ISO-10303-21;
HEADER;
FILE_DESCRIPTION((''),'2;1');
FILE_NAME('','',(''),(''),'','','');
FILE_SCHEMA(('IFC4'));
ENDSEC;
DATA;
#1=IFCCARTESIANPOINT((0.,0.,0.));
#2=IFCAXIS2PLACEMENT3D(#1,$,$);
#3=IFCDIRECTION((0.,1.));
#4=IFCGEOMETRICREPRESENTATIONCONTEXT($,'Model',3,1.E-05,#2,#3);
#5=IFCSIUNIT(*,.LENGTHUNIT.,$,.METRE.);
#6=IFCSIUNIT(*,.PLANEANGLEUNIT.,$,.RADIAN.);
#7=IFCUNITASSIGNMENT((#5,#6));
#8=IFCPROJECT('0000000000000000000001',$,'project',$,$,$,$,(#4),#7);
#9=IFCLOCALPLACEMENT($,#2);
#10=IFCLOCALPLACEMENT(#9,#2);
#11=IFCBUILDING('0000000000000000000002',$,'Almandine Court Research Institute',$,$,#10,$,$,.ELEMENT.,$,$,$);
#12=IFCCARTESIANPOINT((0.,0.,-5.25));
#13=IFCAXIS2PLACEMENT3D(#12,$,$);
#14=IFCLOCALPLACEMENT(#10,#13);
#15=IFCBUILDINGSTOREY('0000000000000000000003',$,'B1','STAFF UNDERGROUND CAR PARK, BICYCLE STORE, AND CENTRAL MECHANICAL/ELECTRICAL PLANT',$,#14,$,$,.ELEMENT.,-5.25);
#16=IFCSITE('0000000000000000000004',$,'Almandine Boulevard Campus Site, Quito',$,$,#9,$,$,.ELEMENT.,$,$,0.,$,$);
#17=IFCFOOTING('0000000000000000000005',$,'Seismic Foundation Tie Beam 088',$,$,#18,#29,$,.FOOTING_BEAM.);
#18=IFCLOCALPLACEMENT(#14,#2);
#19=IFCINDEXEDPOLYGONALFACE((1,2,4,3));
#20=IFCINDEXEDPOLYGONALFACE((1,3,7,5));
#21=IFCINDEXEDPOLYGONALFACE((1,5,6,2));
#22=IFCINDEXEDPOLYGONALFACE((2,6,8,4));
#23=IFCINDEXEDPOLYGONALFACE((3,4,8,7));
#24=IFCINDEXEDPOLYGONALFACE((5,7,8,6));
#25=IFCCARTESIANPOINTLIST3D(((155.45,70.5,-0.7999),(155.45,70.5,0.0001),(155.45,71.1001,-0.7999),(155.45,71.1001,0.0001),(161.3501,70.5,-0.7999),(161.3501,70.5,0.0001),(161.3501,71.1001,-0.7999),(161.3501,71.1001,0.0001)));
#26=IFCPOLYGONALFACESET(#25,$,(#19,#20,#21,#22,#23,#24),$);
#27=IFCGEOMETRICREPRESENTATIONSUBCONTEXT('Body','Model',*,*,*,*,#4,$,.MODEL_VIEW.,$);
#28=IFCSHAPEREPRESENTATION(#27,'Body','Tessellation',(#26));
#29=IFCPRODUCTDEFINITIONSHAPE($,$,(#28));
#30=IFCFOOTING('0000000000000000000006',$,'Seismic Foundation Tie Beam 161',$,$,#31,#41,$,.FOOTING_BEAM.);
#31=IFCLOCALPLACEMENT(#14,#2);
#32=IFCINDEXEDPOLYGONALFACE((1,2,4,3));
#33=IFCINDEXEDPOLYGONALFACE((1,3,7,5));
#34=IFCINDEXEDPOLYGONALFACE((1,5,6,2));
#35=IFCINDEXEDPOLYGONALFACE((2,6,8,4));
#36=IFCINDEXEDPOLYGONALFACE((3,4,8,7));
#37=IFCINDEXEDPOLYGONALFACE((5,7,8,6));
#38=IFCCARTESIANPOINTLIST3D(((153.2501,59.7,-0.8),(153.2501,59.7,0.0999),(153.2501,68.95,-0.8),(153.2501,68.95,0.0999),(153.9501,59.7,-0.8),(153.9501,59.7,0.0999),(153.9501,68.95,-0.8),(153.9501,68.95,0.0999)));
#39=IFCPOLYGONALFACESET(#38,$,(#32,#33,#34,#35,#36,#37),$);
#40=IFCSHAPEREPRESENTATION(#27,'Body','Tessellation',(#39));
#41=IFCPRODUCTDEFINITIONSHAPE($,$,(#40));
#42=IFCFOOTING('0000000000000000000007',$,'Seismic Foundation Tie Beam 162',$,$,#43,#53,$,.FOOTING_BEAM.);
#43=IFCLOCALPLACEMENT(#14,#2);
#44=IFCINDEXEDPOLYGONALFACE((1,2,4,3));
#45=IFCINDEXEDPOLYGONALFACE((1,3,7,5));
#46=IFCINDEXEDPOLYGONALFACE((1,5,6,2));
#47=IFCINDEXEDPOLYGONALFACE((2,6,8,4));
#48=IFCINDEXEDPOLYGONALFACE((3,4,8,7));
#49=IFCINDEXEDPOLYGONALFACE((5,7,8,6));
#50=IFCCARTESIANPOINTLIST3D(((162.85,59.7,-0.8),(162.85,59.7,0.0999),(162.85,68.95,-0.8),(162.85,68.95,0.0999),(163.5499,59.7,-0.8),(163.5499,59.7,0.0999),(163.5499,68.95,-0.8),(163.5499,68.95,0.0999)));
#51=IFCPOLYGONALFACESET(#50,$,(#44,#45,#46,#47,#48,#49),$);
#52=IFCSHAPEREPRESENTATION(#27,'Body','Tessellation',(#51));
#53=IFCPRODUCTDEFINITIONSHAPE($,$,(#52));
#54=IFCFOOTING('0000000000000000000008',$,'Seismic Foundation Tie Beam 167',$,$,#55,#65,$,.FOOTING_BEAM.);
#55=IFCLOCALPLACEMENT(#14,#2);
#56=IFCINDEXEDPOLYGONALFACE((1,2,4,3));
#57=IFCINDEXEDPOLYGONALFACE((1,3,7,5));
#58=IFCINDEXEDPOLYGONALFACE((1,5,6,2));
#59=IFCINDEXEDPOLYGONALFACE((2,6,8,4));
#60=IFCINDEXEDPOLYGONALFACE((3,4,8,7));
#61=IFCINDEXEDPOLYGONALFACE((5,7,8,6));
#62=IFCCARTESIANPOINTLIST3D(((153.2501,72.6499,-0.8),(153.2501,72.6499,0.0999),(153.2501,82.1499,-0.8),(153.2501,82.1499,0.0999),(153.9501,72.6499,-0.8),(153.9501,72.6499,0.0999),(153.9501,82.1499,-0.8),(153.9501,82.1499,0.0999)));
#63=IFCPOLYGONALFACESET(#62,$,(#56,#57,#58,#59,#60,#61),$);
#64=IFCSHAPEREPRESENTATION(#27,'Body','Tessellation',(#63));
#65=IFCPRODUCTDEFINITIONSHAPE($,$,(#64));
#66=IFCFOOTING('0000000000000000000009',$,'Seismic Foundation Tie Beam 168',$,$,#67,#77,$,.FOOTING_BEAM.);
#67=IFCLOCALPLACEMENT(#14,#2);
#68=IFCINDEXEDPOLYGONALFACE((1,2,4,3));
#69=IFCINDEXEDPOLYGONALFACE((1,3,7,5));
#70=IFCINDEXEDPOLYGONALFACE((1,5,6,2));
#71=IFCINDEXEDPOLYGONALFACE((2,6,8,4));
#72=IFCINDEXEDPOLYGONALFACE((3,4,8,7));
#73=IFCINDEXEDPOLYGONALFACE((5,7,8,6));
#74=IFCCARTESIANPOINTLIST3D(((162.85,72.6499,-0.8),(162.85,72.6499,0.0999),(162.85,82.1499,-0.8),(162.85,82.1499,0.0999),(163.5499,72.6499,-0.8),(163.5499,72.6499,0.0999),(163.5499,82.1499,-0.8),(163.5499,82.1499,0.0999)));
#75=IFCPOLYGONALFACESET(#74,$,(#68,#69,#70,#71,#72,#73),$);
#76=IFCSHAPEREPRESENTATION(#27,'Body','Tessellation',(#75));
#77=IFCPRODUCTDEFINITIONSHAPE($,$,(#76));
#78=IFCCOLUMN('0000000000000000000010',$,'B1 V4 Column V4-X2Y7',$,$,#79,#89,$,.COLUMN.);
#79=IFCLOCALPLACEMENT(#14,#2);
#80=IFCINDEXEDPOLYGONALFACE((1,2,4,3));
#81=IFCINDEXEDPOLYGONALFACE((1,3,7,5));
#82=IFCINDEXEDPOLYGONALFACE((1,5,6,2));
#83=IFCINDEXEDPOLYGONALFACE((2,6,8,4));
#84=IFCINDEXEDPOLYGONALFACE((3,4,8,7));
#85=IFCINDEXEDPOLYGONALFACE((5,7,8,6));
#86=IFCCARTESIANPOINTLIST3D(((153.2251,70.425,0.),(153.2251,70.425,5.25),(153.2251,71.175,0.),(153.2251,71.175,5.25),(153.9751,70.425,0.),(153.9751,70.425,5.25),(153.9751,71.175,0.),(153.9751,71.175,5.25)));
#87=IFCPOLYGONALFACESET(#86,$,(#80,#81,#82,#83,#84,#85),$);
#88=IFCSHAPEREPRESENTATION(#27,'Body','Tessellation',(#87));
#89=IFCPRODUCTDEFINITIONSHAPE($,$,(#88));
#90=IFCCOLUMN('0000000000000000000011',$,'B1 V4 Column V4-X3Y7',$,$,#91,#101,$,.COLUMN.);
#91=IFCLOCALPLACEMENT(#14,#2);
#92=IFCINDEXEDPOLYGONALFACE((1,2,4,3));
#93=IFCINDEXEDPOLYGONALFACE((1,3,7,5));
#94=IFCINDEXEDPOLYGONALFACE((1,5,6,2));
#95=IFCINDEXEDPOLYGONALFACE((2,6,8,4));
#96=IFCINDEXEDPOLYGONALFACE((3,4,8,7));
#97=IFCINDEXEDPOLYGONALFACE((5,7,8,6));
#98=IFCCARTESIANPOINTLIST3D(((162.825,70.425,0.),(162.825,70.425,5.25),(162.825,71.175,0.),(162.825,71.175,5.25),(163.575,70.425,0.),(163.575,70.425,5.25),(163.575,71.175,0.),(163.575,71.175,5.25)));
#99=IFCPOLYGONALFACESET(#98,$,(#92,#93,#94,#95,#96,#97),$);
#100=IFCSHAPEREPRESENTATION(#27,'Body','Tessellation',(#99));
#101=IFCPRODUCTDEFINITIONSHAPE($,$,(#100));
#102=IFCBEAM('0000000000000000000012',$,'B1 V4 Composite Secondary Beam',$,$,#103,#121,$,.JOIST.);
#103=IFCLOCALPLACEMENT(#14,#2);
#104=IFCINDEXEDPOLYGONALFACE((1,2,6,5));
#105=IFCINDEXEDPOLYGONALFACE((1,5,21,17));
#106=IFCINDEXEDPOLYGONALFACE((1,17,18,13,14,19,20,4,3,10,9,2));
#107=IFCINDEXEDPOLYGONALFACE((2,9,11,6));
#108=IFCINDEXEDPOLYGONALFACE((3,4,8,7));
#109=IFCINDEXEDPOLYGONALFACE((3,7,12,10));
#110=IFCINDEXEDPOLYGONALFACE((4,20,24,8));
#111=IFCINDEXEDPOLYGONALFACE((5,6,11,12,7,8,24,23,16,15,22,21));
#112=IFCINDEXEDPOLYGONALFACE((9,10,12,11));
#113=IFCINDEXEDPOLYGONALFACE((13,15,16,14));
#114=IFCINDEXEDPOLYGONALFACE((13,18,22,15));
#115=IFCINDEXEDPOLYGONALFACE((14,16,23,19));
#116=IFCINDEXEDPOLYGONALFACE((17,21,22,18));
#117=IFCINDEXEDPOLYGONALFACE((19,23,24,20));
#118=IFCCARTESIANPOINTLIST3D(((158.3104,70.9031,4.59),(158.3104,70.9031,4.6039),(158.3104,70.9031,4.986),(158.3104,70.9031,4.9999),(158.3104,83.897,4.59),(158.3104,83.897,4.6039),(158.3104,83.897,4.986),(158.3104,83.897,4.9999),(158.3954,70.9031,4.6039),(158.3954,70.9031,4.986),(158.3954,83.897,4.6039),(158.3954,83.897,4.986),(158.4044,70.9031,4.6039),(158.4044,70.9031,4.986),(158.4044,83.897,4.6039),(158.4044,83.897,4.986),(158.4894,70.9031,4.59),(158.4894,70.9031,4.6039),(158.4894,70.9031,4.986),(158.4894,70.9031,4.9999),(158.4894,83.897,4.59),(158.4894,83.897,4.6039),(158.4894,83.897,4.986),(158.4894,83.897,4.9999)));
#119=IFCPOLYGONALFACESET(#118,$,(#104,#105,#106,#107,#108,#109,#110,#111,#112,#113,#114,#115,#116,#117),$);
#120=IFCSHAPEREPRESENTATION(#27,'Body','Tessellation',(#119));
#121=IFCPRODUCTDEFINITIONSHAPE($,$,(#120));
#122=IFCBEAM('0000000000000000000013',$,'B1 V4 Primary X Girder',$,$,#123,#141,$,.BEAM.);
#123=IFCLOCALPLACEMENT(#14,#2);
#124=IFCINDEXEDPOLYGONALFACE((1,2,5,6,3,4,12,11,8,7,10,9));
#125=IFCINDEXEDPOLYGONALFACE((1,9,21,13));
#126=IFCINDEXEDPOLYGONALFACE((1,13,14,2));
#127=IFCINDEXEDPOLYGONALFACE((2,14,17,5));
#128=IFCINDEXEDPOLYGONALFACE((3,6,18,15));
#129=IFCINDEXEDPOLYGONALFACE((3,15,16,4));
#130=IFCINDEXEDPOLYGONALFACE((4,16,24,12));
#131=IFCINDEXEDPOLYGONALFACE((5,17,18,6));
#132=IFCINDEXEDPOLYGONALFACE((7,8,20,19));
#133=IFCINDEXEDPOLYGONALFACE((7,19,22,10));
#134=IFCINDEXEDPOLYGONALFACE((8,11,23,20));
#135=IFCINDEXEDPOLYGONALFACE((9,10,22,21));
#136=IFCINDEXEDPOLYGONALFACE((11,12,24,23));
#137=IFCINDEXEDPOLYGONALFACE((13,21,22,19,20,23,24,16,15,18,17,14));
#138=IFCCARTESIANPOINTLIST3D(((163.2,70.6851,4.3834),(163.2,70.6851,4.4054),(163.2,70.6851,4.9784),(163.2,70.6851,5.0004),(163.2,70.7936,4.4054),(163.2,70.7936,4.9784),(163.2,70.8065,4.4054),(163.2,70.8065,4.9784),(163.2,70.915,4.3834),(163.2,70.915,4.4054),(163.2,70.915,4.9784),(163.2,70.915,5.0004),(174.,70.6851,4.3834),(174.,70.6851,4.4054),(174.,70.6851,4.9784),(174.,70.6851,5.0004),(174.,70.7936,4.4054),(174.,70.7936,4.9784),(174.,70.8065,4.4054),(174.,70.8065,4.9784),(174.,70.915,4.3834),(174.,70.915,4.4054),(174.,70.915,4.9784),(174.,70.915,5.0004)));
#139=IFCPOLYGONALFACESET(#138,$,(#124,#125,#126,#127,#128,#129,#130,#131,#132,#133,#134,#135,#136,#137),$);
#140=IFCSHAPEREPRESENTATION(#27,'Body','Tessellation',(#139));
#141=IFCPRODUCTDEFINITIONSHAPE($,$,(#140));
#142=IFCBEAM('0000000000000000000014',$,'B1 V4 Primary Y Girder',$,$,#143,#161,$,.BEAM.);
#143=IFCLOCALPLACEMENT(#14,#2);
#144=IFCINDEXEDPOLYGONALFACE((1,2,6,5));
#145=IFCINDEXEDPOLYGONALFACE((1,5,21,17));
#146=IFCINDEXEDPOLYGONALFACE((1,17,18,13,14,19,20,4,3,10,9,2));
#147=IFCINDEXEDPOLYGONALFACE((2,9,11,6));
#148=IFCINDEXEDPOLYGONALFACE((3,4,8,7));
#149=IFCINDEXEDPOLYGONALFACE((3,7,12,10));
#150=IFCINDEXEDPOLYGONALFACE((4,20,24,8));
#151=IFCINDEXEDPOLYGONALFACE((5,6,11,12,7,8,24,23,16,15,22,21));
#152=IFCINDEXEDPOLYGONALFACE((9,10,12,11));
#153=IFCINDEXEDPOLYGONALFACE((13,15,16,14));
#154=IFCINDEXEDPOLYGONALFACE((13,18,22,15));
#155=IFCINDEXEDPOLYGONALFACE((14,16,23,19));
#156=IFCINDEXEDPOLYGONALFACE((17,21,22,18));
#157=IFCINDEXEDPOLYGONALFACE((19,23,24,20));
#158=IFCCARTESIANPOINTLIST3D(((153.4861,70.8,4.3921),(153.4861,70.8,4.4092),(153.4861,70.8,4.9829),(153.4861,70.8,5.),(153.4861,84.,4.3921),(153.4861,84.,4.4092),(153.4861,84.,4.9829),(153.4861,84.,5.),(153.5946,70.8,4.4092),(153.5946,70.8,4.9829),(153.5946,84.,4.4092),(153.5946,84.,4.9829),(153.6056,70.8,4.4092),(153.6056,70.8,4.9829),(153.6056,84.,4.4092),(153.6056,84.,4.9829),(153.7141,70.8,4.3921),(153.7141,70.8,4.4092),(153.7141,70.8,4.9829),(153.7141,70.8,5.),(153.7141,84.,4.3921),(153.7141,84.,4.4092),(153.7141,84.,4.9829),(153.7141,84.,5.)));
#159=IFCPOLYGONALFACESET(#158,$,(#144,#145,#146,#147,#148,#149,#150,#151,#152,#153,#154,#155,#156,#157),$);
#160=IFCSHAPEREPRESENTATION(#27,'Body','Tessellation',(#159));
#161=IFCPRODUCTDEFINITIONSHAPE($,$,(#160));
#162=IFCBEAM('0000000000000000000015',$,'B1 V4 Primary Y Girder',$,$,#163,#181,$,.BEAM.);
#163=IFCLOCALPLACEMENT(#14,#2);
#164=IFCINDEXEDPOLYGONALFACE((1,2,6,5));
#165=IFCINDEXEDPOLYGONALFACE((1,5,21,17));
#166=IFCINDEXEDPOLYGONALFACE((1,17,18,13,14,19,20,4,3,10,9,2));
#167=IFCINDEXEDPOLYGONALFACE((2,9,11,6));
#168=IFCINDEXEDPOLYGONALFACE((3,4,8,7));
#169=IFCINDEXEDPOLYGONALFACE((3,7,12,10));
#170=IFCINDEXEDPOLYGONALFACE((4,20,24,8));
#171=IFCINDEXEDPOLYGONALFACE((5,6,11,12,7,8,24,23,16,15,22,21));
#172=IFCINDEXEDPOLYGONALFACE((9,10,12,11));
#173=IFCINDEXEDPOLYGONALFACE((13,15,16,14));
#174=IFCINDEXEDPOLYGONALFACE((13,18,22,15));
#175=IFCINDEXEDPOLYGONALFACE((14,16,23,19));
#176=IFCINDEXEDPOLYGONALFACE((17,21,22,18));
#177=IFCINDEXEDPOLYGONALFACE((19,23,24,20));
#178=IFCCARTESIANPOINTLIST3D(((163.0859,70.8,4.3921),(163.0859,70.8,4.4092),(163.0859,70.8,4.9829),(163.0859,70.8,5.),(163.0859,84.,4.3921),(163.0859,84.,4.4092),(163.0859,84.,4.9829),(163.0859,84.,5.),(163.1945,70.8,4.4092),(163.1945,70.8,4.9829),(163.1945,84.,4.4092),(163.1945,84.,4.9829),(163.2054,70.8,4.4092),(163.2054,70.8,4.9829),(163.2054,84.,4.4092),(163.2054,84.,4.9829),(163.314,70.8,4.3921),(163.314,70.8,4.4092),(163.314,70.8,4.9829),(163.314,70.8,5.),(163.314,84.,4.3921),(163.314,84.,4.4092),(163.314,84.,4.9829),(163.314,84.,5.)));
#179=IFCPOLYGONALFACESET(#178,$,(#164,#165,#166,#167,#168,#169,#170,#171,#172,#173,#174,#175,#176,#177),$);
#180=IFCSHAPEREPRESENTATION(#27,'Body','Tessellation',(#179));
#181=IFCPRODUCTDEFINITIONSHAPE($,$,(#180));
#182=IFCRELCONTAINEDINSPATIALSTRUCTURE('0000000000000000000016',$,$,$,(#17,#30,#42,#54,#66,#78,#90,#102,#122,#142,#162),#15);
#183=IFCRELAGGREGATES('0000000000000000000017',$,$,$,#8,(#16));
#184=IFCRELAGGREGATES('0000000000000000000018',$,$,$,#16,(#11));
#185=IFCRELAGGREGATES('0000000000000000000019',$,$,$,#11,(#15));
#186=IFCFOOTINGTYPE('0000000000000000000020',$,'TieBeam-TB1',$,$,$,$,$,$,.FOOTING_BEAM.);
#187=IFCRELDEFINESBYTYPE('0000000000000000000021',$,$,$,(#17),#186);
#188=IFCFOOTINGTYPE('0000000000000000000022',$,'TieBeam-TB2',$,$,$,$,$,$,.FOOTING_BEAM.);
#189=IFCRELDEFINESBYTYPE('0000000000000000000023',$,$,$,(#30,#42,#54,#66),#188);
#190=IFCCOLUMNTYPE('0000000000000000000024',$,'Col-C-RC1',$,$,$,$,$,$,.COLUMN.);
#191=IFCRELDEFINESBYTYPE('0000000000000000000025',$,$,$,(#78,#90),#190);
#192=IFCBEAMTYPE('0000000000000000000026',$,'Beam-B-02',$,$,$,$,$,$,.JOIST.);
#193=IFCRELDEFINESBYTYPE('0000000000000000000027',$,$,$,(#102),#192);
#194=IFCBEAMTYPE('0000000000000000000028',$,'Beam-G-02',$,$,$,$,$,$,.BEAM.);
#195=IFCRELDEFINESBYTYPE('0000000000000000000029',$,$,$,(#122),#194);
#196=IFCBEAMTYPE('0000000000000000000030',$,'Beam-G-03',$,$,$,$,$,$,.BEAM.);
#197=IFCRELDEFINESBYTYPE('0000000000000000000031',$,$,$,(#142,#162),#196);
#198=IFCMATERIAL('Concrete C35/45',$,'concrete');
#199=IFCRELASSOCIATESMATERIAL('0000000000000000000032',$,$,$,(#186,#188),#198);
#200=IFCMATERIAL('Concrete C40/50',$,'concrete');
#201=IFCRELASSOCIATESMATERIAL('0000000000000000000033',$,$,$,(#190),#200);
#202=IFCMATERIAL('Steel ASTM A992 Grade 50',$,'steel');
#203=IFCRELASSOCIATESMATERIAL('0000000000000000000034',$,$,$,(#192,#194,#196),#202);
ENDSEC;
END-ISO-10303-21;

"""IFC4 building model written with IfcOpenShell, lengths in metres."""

from ifc_helpers import new_model, si_unit, direction, frame, origin, origin_2d, place, context, subcontext, project, spatial, rectangle, i_section, extrude, material, material_profile, profile_set, type_object, element, save


model = new_model("IFC4")

# Units and contexts
model_context = context("Model", 3, precision=1e-05, world=origin(), true_north=direction((0.0, 1.0)))
body_context = subcontext(model_context, "Body", "Model", "MODEL_VIEW")
ifc_project = project(units=[si_unit("LENGTHUNIT", "METRE"), si_unit("PLANEANGLEUNIT", "RADIAN")], contexts=[model_context])

# Site, building, storey
site_placement = place(None, origin())
site = spatial("IfcSite", under=ifc_project, at=site_placement, Name="Almandine Boulevard Campus Site, Quito", CompositionType="ELEMENT", RefElevation=0.0)
building_placement = place(site_placement, origin())
building = spatial("IfcBuilding", under=site, at=building_placement, Name="Almandine Court Research Institute", CompositionType="ELEMENT")
storey_placement = place(building_placement, frame((0.0, 0.0, -5.25)))
storey = spatial("IfcBuildingStorey", under=building, at=storey_placement, Name="B1", Description="STAFF UNDERGROUND CAR PARK, BICYCLE STORE, AND CENTRAL MECHANICAL/ELECTRICAL PLANT", CompositionType="ELEMENT", Elevation=-5.25)

# Shared definitions
ifc_material_1 = material(Name="Concrete C35/45", Category="concrete")

# Footings
ifc_material_profile_1 = material_profile(ifc_material_1, rectangle(XDim=0.6001, YDim=0.8, at=origin_2d()), Name="RC TIE 600x800")
ifc_profile_set_1 = profile_set([ifc_material_profile_1], Name="Concrete C35/45")
footing_type_1 = type_object("IfcFootingType", Name="TieBeam-TB1", PredefinedType="FOOTING_BEAM", material=ifc_profile_set_1)
footing_placement = place(storey_placement, frame((155.45, 70.8, -0.3999), z_axis=(1.0, 0.0, 0.0), x_axis=(0.0, 1.0, 0.0)))
element("IfcFooting", 1, at=footing_placement, inside=storey, type_object=footing_type_1, Name="Seismic Foundation Tie Beam 088", PredefinedType="FOOTING_BEAM", context=body_context, shape_type="SweptSolid", body=[
    extrude(rectangle(XDim=0.6001, YDim=0.8, at=origin_2d()), origin(), (0.0, 0.0, 1.0), 5.9001),
])
ifc_material_profile_2 = material_profile(ifc_material_1, rectangle(XDim=0.7, YDim=0.8999, at=origin_2d()), Name="RC TIE 700x900")
ifc_profile_set_2 = profile_set([ifc_material_profile_2], Name="Concrete C35/45")
footing_type_2 = type_object("IfcFootingType", Name="TieBeam-TB2", PredefinedType="FOOTING_BEAM", material=ifc_profile_set_2)
for number, where, z_axis, x_axis, name in (
    (2, (153.6001, 59.7, -0.3501), (0.0, 1.0, 0.0), (-1.0, 0.0, 0.0), "Seismic Foundation Tie Beam 161"),
    (3, (163.2, 59.7, -0.3501), (0.0, 1.0, 0.0), (-1.0, 0.0, 0.0), "Seismic Foundation Tie Beam 162"),
):
    element("IfcFooting", number, at=place(storey_placement, frame(where, z_axis=z_axis, x_axis=x_axis)), inside=storey, type_object=footing_type_2, Name=name, PredefinedType="FOOTING_BEAM", context=body_context, shape_type="SweptSolid", body=[
        extrude(rectangle(XDim=0.7, YDim=0.8999, at=origin_2d()), origin(), (0.0, 0.0, 1.0), 9.25),
    ])
for number, where, z_axis, x_axis, name in (
    (4, (153.6001, 72.6499, -0.3501), (0.0, 1.0, 0.0), (-1.0, 0.0, 0.0), "Seismic Foundation Tie Beam 167"),
    (5, (163.2, 72.6499, -0.3501), (0.0, 1.0, 0.0), (-1.0, 0.0, 0.0), "Seismic Foundation Tie Beam 168"),
):
    element("IfcFooting", number, at=place(storey_placement, frame(where, z_axis=z_axis, x_axis=x_axis)), inside=storey, type_object=footing_type_2, Name=name, PredefinedType="FOOTING_BEAM", context=body_context, shape_type="SweptSolid", body=[
        extrude(rectangle(XDim=0.7, YDim=0.8999, at=origin_2d()), origin(), (0.0, 0.0, 1.0), 9.5),
    ])

# Columns
ifc_material_2 = material(Name="Concrete C40/50", Category="concrete")
ifc_material_profile_3 = material_profile(ifc_material_2, rectangle(XDim=0.75, YDim=0.75, at=origin_2d()), Name="RC 750x750")
ifc_profile_set_3 = profile_set([ifc_material_profile_3], Name="Concrete C40/50")
column_type = type_object("IfcColumnType", Name="Col-C-RC1", PredefinedType="COLUMN", material=ifc_profile_set_3)
for number, where, z_axis, x_axis, name in (
    (6, (153.6001, 70.8, 0.0), (0.0, 0.0, 1.0), (1.0, 0.0, 0.0), "B1 V4 Column V4-X2Y7"),
    (7, (163.2, 70.8, 0.0), (0.0, 0.0, 1.0), (1.0, 0.0, 0.0), "B1 V4 Column V4-X3Y7"),
):
    element("IfcColumn", number, at=place(storey_placement, frame(where, z_axis=z_axis, x_axis=x_axis)), inside=storey, type_object=column_type, Name=name, PredefinedType="COLUMN", context=body_context, shape_type="SweptSolid", body=[
        extrude(rectangle(XDim=0.75, YDim=0.75, at=origin_2d()), origin(), (0.0, 0.0, 1.0), 5.25),
    ])

# Beams
ifc_material_3 = material(Name="Steel ASTM A992 Grade 50", Category="steel")
ifc_material_profile_4 = material_profile(ifc_material_3, i_section(OverallWidth=0.179, OverallDepth=0.4099, WebThickness=0.009, FlangeThickness=0.0139, at=origin_2d()), Name="W410x67")
ifc_profile_set_4 = profile_set([ifc_material_profile_4], Name="Steel ASTM A992 Grade 50")
beam_type_1 = type_object("IfcBeamType", Name="Beam-B-02", PredefinedType="JOIST", material=ifc_profile_set_4)
beam_1_placement = place(storey_placement, frame((158.3999, 70.9031, 4.7949), z_axis=(0.0, 1.0, 0.0), x_axis=(-1.0, 0.0, 0.0)))
element("IfcBeam", 8, at=beam_1_placement, inside=storey, type_object=beam_type_1, Name="B1 V4 Composite Secondary Beam", PredefinedType="JOIST", context=body_context, shape_type="SweptSolid", body=[
    extrude(i_section(OverallWidth=0.179, OverallDepth=0.4099, WebThickness=0.009, FlangeThickness=0.0139, at=origin_2d()), origin(), (0.0, 0.0, 1.0), 12.9939),
])
ifc_material_profile_5 = material_profile(ifc_material_3, i_section(OverallWidth=0.23, OverallDepth=0.6169, WebThickness=0.0129, FlangeThickness=0.022, at=origin_2d()), Name="W610x140")
ifc_profile_set_5 = profile_set([ifc_material_profile_5], Name="Steel ASTM A992 Grade 50")
beam_type_2 = type_object("IfcBeamType", Name="Beam-G-02", PredefinedType="BEAM", material=ifc_profile_set_5)
beam_2_placement = place(storey_placement, frame((163.2, 70.8, 4.6919), z_axis=(1.0, 0.0, 0.0), x_axis=(0.0, 1.0, 0.0)))
element("IfcBeam", 9, at=beam_2_placement, inside=storey, type_object=beam_type_2, Name="B1 V4 Primary X Girder", PredefinedType="BEAM", context=body_context, shape_type="SweptSolid", body=[
    extrude(i_section(OverallWidth=0.23, OverallDepth=0.6169, WebThickness=0.0129, FlangeThickness=0.022, at=origin_2d()), origin(), (0.0, 0.0, 1.0), 10.8),
])
ifc_material_profile_6 = material_profile(ifc_material_3, i_section(OverallWidth=0.228, OverallDepth=0.6079, WebThickness=0.011, FlangeThickness=0.0171, at=origin_2d()), Name="W610x113")
ifc_profile_set_6 = profile_set([ifc_material_profile_6], Name="Steel ASTM A992 Grade 50")
beam_type_3 = type_object("IfcBeamType", Name="Beam-G-03", PredefinedType="BEAM", material=ifc_profile_set_6)
for number, where, z_axis, x_axis, name in (
    (10, (153.6001, 70.8, 4.696), (0.0, 1.0, 0.0), (-1.0, 0.0, 0.0), "B1 V4 Primary Y Girder"),
    (11, (163.2, 70.8, 4.696), (0.0, 1.0, 0.0), (-1.0, 0.0, 0.0), "B1 V4 Primary Y Girder"),
):
    element("IfcBeam", number, at=place(storey_placement, frame(where, z_axis=z_axis, x_axis=x_axis)), inside=storey, type_object=beam_type_3, Name=name, PredefinedType="BEAM", context=body_context, shape_type="SweptSolid", body=[
        extrude(i_section(OverallWidth=0.228, OverallDepth=0.6079, WebThickness=0.011, FlangeThickness=0.0171, at=origin_2d()), origin(), (0.0, 0.0, 1.0), 13.2),
    ])

save(model, "model.ifc")
